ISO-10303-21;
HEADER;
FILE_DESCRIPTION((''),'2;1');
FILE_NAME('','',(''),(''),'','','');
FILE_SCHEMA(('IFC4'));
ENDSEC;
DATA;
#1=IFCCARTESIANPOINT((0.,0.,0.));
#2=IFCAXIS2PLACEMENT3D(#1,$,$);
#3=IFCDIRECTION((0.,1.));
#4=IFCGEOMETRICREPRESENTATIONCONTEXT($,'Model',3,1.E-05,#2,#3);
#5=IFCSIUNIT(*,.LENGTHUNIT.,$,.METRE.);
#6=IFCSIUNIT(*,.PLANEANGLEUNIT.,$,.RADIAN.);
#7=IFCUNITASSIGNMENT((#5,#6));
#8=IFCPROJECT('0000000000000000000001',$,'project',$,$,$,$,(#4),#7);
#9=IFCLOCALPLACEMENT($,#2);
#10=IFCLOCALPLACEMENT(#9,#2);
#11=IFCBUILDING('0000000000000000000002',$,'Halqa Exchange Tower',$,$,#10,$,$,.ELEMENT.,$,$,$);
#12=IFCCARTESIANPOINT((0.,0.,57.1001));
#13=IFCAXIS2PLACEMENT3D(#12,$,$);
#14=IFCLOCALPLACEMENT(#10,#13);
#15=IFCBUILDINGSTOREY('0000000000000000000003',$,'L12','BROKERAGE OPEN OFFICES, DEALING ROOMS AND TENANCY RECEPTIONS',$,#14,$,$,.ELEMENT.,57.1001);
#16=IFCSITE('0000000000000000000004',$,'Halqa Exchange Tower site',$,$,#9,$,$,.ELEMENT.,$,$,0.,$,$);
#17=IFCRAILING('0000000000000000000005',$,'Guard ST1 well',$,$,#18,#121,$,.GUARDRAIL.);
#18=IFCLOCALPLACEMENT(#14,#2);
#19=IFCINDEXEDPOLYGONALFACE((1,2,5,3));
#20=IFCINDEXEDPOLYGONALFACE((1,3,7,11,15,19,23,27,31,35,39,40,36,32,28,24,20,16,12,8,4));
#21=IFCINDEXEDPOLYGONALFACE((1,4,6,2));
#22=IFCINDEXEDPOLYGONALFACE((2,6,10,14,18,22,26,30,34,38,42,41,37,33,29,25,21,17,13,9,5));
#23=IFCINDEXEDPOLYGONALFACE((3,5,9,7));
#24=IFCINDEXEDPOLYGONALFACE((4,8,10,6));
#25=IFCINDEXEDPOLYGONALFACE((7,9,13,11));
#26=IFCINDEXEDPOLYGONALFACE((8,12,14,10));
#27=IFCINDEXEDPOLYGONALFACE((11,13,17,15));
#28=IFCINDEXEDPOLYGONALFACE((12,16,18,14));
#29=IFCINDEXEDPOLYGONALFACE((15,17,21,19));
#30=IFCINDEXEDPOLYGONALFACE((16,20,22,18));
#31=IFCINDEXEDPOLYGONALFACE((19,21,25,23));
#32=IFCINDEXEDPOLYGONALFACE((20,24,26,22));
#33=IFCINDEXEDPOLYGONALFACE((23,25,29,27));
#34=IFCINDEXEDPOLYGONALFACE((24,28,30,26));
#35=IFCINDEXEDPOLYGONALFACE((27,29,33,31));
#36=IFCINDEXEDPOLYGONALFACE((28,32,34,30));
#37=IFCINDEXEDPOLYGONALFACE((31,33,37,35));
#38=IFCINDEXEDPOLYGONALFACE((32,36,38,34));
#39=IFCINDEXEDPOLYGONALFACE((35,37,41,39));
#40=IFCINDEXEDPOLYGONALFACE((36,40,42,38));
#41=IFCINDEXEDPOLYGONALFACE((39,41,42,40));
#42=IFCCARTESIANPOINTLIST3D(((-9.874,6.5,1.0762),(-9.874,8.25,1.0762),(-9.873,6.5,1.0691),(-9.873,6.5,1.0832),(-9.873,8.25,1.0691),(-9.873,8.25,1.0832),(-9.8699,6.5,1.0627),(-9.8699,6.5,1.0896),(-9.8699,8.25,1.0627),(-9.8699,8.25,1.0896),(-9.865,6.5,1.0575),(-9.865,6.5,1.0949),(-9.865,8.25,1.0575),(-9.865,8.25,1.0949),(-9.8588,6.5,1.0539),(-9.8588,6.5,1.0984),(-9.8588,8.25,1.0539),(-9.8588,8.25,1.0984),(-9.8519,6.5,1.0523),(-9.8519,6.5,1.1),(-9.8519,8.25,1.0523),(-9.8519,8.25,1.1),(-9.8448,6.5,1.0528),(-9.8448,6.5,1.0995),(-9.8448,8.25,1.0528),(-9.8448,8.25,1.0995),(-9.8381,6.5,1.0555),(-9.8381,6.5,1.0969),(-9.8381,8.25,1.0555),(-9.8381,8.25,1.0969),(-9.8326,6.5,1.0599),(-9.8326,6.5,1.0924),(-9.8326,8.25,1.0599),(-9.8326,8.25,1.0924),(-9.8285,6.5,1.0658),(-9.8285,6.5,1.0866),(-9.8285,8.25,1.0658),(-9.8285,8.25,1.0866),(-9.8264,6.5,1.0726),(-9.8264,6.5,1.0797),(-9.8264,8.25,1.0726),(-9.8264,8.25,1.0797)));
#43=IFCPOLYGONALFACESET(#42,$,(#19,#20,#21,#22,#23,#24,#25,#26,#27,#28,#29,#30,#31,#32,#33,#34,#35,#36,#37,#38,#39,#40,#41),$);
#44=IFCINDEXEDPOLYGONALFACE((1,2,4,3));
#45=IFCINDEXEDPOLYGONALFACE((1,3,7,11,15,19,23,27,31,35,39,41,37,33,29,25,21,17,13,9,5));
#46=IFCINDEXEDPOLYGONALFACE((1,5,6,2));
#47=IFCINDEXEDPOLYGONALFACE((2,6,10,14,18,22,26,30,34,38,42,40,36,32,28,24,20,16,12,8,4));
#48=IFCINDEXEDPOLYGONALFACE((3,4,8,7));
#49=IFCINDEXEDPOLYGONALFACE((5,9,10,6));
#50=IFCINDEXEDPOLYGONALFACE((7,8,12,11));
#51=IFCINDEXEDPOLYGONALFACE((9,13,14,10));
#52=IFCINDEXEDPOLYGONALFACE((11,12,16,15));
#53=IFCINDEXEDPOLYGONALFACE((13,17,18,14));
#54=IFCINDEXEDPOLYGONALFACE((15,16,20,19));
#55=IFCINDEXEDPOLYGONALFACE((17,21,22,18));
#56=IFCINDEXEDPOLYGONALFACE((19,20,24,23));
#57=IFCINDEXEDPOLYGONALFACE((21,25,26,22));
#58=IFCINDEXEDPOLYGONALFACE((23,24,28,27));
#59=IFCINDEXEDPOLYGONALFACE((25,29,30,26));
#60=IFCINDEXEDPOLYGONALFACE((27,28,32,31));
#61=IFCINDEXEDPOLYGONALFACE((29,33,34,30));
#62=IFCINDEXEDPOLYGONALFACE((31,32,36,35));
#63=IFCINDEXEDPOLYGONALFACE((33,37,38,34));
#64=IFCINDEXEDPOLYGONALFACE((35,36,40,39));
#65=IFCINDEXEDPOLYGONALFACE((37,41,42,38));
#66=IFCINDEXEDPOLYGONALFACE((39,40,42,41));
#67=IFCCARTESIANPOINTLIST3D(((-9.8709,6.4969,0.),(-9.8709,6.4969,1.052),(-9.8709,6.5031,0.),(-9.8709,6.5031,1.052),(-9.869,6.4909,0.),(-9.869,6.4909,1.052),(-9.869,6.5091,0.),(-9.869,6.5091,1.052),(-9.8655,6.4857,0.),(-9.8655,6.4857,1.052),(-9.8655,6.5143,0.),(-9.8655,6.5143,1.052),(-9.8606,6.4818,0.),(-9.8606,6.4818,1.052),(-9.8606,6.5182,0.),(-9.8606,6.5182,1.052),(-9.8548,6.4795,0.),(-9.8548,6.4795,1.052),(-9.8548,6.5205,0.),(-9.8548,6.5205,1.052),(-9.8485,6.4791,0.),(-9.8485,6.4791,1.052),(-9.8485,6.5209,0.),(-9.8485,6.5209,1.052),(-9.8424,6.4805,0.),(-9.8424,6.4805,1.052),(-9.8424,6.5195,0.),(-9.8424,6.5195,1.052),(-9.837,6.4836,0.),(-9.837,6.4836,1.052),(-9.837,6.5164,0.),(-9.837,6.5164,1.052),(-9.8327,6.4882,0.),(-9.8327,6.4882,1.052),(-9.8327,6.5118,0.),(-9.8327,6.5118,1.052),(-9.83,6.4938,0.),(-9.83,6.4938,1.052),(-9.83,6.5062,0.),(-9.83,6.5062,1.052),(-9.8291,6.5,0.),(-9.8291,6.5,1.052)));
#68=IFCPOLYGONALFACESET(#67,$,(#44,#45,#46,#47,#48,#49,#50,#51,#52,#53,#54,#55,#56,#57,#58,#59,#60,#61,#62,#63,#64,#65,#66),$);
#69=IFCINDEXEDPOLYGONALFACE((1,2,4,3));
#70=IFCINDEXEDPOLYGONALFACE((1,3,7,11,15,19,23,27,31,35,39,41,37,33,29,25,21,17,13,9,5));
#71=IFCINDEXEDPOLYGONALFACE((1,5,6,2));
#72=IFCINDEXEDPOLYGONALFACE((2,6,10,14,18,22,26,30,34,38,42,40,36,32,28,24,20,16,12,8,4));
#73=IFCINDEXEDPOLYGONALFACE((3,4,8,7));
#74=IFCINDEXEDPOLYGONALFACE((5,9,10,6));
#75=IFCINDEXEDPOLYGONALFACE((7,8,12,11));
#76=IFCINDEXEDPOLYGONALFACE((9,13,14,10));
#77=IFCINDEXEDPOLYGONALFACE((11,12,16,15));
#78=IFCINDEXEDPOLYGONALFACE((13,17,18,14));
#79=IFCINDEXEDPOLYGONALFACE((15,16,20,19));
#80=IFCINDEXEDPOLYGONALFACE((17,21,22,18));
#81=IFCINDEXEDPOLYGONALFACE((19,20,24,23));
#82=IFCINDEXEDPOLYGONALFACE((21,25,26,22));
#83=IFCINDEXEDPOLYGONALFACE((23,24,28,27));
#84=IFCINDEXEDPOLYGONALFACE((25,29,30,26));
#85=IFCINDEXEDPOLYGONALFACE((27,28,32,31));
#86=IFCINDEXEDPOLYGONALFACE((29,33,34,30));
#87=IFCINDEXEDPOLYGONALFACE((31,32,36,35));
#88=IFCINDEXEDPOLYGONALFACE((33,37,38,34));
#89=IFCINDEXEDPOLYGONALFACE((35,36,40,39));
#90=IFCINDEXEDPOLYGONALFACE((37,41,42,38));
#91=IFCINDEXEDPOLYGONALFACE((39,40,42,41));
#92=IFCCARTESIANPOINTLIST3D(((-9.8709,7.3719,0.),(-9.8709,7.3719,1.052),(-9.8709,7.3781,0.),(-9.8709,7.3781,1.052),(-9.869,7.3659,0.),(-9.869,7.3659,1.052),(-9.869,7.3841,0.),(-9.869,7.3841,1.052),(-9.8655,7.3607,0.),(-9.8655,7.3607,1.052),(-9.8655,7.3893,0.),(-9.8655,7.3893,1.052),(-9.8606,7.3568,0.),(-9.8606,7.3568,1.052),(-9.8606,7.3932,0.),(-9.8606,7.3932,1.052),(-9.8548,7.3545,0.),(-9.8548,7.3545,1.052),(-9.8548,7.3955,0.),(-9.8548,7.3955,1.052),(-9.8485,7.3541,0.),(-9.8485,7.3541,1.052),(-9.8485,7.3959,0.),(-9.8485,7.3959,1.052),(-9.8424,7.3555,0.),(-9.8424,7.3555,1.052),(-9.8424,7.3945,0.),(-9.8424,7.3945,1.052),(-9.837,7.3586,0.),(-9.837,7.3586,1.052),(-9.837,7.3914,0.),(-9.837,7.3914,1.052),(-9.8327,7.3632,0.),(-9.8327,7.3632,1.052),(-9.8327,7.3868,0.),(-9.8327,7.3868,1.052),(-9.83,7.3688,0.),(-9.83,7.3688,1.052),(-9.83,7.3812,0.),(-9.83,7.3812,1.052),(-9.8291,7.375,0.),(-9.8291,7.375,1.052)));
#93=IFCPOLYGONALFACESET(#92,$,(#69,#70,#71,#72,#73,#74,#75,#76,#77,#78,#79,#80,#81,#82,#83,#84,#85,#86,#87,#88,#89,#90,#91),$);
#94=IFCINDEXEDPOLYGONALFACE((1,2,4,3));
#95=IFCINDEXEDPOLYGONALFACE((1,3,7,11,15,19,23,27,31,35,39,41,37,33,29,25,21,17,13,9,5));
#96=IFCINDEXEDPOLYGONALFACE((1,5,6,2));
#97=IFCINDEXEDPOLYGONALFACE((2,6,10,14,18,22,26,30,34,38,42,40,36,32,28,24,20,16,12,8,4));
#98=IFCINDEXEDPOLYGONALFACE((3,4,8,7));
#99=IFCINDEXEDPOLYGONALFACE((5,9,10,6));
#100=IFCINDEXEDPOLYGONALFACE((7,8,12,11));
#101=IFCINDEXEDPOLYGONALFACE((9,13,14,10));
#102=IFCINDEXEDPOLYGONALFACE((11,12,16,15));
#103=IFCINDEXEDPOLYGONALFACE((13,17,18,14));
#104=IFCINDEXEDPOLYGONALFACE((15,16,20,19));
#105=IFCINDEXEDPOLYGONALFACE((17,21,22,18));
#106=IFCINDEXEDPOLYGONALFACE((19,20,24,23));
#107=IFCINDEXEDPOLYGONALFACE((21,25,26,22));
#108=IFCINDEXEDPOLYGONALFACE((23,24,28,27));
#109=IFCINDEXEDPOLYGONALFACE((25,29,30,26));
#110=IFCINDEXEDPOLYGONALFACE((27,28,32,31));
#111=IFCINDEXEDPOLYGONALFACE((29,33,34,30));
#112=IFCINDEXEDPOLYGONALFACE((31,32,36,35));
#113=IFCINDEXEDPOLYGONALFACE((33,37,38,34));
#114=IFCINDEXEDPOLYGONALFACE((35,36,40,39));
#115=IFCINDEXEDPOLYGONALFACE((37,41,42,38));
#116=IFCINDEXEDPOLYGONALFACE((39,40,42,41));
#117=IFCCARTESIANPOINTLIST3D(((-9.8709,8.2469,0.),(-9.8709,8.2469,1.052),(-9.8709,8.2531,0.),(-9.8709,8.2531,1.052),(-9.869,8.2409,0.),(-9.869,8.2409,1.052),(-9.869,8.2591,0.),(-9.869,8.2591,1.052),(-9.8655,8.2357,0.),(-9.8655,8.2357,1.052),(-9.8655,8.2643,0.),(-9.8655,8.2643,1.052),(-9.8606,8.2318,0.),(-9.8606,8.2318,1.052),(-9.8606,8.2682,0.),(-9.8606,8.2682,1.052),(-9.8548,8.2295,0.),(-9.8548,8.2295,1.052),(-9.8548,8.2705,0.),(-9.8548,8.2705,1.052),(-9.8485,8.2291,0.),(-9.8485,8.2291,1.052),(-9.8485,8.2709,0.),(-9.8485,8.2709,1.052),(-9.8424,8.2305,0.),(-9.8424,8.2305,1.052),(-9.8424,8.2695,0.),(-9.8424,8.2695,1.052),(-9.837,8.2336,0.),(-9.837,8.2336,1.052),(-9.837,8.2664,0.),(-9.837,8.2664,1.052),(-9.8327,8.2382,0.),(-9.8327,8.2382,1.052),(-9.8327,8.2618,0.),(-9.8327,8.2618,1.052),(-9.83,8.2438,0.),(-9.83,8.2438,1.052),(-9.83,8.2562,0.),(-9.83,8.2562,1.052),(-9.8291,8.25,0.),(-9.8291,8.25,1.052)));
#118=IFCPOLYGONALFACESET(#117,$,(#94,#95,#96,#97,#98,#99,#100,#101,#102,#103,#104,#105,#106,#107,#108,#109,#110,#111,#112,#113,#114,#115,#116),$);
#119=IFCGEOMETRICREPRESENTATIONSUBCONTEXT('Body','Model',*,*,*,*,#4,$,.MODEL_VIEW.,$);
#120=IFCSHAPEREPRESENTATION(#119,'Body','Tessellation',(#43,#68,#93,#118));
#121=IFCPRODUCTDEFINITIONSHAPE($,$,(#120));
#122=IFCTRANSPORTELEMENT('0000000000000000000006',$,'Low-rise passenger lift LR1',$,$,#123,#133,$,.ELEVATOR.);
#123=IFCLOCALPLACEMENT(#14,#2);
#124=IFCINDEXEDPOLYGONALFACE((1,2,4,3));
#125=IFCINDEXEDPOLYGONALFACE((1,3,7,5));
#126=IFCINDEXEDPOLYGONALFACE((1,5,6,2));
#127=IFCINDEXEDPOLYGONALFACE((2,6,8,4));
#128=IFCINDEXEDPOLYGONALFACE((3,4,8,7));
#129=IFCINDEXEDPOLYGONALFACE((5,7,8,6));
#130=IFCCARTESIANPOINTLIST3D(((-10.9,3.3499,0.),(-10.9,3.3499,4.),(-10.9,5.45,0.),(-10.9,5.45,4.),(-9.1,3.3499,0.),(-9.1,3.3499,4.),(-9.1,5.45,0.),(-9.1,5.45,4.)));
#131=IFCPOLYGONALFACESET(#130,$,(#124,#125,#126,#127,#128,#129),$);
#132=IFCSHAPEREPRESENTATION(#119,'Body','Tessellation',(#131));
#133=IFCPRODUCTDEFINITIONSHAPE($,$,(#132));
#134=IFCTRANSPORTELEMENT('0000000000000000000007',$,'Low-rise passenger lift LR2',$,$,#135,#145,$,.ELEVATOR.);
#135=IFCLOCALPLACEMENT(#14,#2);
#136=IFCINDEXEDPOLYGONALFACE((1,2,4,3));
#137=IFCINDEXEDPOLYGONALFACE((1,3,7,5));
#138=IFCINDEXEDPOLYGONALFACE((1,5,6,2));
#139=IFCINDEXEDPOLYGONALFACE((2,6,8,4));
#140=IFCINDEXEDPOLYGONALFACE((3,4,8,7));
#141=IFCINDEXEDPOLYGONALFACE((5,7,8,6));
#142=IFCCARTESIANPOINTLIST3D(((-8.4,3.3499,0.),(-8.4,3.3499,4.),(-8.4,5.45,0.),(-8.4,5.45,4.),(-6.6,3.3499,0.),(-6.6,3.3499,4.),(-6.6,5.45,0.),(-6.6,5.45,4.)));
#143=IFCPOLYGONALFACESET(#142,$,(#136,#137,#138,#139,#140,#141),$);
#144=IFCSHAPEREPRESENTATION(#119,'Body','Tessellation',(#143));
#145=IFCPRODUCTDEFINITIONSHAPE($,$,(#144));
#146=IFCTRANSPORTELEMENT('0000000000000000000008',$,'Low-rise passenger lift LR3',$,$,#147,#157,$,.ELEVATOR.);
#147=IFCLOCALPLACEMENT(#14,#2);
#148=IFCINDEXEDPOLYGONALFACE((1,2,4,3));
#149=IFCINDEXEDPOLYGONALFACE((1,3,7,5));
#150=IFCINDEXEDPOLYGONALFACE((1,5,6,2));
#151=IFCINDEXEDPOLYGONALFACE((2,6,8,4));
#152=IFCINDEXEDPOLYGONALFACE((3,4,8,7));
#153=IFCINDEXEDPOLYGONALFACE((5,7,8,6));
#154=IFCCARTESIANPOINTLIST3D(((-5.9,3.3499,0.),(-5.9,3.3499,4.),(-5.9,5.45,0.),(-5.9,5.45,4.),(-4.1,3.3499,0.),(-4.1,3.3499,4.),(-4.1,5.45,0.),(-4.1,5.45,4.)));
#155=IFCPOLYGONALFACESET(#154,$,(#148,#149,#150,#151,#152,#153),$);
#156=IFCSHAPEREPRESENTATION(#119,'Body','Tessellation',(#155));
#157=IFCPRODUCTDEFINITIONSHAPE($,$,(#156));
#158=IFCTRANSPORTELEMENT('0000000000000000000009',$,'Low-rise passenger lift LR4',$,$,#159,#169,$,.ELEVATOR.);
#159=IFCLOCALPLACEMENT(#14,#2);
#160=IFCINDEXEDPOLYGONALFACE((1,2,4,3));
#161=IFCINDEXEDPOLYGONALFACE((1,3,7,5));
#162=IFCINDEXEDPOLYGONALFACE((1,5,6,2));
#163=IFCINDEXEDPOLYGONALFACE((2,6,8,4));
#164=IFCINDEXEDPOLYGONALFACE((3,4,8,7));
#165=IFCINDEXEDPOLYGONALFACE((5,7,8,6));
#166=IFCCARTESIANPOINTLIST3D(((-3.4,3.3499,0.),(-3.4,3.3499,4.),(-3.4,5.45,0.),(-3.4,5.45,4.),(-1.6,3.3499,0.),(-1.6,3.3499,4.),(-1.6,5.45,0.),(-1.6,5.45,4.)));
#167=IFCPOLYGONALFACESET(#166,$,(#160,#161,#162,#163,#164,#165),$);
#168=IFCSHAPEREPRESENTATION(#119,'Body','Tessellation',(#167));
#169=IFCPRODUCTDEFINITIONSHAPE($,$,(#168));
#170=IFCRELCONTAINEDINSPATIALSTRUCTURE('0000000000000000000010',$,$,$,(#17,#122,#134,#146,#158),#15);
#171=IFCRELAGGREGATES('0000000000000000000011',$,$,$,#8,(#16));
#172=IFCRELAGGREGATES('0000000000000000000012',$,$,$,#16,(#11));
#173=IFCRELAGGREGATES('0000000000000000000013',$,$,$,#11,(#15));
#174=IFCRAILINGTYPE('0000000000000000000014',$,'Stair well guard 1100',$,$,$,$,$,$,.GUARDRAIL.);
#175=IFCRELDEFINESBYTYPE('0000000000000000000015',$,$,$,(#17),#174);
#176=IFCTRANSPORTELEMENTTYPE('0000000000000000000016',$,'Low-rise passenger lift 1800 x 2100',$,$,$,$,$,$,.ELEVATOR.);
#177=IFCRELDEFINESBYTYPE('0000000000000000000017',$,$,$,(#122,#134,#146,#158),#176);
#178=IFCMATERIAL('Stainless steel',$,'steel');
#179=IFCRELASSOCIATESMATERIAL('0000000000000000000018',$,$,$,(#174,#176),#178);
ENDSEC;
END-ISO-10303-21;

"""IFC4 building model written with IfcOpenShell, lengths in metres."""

from ifc_helpers import new_model, si_unit, direction, frame, origin, origin_2d, place, context, subcontext, project, spatial, rectangle, circle, extrude, material, type_object, element, save


model = new_model("IFC4")

# Units and contexts
model_context = context("Model", 3, precision=1e-05, world=origin(), true_north=direction((0.0, 1.0)))
body_context = subcontext(model_context, "Body", "Model", "MODEL_VIEW")
ifc_project = project(units=[si_unit("LENGTHUNIT", "METRE"), si_unit("PLANEANGLEUNIT", "RADIAN")], contexts=[model_context])

# Site, building, storey
site_placement = place(None, origin())
site = spatial("IfcSite", under=ifc_project, at=site_placement, Name="Halqa Exchange Tower site", CompositionType="ELEMENT", RefElevation=0.0)
building_placement = place(site_placement, origin())
building = spatial("IfcBuilding", under=site, at=building_placement, Name="Halqa Exchange Tower", CompositionType="ELEMENT")
storey_placement = place(building_placement, frame((0.0, 0.0, 57.1001)))
storey = spatial("IfcBuildingStorey", under=building, at=storey_placement, Name="L12", Description="BROKERAGE OPEN OFFICES, DEALING ROOMS AND TENANCY RECEPTIONS", CompositionType="ELEMENT", Elevation=57.1001)

# Shared definitions
ifc_material_1 = material(Name="Stainless steel", Category="steel")

# Railing
railing_type_1 = type_object("IfcRailingType", Name="Stair well guard 1100", PredefinedType="GUARDRAIL", material=ifc_material_1)
railing_1_placement = place(storey_placement, frame((-9.8501, 6.5, 0.0)))
element("IfcRailing", 1, at=railing_1_placement, inside=storey, type_object=railing_type_1, Name="Guard ST1 well", PredefinedType="GUARDRAIL", context=body_context, shape_type="SweptSolid", body=[
    extrude(circle(Radius=0.0239, at=origin_2d()), frame((0.0, 0.0, 1.0762), z_axis=(0.0, 1.0, 0.0), x_axis=(-1.0, 0.0, 0.0)), (0.0, 0.0, 1.0), 1.75),
    extrude(circle(Radius=0.021, at=origin_2d()), origin(), (0.0, 0.0, 1.0), 1.052),
    extrude(circle(Radius=0.021, at=origin_2d()), frame((0.0, 0.875, 0.0)), (0.0, 0.0, 1.0), 1.052),
    extrude(circle(Radius=0.021, at=origin_2d()), frame((0.0, 1.75, 0.0)), (0.0, 0.0, 1.0), 1.052),
])

# Transport elements
transport_element_type = type_object("IfcTransportElementType", Name="Low-rise passenger lift 1800 x 2100", PredefinedType="ELEVATOR", material=ifc_material_1)
for number, where, z_axis, x_axis, name in (
    (2, (-10.0, 4.3999, 0.0), (0.0, 0.0, 1.0), (1.0, 0.0, 0.0), "Low-rise passenger lift LR1"),
    (3, (-7.5, 4.3999, 0.0), (0.0, 0.0, 1.0), (1.0, 0.0, 0.0), "Low-rise passenger lift LR2"),
    (4, (-5.0, 4.3999, 0.0), (0.0, 0.0, 1.0), (1.0, 0.0, 0.0), "Low-rise passenger lift LR3"),
    (5, (-2.5, 4.3999, 0.0), (0.0, 0.0, 1.0), (1.0, 0.0, 0.0), "Low-rise passenger lift LR4"),
):
    element("IfcTransportElement", number, at=place(storey_placement, frame(where, z_axis=z_axis, x_axis=x_axis)), inside=storey, type_object=transport_element_type, Name=name, PredefinedType="ELEVATOR", context=body_context, shape_type="SweptSolid", body=[
        extrude(rectangle(XDim=1.8, YDim=2.1001, at=origin_2d()), origin(), (0.0, 0.0, 1.0), 4.0),
    ])

save(model, "model.ifc")
